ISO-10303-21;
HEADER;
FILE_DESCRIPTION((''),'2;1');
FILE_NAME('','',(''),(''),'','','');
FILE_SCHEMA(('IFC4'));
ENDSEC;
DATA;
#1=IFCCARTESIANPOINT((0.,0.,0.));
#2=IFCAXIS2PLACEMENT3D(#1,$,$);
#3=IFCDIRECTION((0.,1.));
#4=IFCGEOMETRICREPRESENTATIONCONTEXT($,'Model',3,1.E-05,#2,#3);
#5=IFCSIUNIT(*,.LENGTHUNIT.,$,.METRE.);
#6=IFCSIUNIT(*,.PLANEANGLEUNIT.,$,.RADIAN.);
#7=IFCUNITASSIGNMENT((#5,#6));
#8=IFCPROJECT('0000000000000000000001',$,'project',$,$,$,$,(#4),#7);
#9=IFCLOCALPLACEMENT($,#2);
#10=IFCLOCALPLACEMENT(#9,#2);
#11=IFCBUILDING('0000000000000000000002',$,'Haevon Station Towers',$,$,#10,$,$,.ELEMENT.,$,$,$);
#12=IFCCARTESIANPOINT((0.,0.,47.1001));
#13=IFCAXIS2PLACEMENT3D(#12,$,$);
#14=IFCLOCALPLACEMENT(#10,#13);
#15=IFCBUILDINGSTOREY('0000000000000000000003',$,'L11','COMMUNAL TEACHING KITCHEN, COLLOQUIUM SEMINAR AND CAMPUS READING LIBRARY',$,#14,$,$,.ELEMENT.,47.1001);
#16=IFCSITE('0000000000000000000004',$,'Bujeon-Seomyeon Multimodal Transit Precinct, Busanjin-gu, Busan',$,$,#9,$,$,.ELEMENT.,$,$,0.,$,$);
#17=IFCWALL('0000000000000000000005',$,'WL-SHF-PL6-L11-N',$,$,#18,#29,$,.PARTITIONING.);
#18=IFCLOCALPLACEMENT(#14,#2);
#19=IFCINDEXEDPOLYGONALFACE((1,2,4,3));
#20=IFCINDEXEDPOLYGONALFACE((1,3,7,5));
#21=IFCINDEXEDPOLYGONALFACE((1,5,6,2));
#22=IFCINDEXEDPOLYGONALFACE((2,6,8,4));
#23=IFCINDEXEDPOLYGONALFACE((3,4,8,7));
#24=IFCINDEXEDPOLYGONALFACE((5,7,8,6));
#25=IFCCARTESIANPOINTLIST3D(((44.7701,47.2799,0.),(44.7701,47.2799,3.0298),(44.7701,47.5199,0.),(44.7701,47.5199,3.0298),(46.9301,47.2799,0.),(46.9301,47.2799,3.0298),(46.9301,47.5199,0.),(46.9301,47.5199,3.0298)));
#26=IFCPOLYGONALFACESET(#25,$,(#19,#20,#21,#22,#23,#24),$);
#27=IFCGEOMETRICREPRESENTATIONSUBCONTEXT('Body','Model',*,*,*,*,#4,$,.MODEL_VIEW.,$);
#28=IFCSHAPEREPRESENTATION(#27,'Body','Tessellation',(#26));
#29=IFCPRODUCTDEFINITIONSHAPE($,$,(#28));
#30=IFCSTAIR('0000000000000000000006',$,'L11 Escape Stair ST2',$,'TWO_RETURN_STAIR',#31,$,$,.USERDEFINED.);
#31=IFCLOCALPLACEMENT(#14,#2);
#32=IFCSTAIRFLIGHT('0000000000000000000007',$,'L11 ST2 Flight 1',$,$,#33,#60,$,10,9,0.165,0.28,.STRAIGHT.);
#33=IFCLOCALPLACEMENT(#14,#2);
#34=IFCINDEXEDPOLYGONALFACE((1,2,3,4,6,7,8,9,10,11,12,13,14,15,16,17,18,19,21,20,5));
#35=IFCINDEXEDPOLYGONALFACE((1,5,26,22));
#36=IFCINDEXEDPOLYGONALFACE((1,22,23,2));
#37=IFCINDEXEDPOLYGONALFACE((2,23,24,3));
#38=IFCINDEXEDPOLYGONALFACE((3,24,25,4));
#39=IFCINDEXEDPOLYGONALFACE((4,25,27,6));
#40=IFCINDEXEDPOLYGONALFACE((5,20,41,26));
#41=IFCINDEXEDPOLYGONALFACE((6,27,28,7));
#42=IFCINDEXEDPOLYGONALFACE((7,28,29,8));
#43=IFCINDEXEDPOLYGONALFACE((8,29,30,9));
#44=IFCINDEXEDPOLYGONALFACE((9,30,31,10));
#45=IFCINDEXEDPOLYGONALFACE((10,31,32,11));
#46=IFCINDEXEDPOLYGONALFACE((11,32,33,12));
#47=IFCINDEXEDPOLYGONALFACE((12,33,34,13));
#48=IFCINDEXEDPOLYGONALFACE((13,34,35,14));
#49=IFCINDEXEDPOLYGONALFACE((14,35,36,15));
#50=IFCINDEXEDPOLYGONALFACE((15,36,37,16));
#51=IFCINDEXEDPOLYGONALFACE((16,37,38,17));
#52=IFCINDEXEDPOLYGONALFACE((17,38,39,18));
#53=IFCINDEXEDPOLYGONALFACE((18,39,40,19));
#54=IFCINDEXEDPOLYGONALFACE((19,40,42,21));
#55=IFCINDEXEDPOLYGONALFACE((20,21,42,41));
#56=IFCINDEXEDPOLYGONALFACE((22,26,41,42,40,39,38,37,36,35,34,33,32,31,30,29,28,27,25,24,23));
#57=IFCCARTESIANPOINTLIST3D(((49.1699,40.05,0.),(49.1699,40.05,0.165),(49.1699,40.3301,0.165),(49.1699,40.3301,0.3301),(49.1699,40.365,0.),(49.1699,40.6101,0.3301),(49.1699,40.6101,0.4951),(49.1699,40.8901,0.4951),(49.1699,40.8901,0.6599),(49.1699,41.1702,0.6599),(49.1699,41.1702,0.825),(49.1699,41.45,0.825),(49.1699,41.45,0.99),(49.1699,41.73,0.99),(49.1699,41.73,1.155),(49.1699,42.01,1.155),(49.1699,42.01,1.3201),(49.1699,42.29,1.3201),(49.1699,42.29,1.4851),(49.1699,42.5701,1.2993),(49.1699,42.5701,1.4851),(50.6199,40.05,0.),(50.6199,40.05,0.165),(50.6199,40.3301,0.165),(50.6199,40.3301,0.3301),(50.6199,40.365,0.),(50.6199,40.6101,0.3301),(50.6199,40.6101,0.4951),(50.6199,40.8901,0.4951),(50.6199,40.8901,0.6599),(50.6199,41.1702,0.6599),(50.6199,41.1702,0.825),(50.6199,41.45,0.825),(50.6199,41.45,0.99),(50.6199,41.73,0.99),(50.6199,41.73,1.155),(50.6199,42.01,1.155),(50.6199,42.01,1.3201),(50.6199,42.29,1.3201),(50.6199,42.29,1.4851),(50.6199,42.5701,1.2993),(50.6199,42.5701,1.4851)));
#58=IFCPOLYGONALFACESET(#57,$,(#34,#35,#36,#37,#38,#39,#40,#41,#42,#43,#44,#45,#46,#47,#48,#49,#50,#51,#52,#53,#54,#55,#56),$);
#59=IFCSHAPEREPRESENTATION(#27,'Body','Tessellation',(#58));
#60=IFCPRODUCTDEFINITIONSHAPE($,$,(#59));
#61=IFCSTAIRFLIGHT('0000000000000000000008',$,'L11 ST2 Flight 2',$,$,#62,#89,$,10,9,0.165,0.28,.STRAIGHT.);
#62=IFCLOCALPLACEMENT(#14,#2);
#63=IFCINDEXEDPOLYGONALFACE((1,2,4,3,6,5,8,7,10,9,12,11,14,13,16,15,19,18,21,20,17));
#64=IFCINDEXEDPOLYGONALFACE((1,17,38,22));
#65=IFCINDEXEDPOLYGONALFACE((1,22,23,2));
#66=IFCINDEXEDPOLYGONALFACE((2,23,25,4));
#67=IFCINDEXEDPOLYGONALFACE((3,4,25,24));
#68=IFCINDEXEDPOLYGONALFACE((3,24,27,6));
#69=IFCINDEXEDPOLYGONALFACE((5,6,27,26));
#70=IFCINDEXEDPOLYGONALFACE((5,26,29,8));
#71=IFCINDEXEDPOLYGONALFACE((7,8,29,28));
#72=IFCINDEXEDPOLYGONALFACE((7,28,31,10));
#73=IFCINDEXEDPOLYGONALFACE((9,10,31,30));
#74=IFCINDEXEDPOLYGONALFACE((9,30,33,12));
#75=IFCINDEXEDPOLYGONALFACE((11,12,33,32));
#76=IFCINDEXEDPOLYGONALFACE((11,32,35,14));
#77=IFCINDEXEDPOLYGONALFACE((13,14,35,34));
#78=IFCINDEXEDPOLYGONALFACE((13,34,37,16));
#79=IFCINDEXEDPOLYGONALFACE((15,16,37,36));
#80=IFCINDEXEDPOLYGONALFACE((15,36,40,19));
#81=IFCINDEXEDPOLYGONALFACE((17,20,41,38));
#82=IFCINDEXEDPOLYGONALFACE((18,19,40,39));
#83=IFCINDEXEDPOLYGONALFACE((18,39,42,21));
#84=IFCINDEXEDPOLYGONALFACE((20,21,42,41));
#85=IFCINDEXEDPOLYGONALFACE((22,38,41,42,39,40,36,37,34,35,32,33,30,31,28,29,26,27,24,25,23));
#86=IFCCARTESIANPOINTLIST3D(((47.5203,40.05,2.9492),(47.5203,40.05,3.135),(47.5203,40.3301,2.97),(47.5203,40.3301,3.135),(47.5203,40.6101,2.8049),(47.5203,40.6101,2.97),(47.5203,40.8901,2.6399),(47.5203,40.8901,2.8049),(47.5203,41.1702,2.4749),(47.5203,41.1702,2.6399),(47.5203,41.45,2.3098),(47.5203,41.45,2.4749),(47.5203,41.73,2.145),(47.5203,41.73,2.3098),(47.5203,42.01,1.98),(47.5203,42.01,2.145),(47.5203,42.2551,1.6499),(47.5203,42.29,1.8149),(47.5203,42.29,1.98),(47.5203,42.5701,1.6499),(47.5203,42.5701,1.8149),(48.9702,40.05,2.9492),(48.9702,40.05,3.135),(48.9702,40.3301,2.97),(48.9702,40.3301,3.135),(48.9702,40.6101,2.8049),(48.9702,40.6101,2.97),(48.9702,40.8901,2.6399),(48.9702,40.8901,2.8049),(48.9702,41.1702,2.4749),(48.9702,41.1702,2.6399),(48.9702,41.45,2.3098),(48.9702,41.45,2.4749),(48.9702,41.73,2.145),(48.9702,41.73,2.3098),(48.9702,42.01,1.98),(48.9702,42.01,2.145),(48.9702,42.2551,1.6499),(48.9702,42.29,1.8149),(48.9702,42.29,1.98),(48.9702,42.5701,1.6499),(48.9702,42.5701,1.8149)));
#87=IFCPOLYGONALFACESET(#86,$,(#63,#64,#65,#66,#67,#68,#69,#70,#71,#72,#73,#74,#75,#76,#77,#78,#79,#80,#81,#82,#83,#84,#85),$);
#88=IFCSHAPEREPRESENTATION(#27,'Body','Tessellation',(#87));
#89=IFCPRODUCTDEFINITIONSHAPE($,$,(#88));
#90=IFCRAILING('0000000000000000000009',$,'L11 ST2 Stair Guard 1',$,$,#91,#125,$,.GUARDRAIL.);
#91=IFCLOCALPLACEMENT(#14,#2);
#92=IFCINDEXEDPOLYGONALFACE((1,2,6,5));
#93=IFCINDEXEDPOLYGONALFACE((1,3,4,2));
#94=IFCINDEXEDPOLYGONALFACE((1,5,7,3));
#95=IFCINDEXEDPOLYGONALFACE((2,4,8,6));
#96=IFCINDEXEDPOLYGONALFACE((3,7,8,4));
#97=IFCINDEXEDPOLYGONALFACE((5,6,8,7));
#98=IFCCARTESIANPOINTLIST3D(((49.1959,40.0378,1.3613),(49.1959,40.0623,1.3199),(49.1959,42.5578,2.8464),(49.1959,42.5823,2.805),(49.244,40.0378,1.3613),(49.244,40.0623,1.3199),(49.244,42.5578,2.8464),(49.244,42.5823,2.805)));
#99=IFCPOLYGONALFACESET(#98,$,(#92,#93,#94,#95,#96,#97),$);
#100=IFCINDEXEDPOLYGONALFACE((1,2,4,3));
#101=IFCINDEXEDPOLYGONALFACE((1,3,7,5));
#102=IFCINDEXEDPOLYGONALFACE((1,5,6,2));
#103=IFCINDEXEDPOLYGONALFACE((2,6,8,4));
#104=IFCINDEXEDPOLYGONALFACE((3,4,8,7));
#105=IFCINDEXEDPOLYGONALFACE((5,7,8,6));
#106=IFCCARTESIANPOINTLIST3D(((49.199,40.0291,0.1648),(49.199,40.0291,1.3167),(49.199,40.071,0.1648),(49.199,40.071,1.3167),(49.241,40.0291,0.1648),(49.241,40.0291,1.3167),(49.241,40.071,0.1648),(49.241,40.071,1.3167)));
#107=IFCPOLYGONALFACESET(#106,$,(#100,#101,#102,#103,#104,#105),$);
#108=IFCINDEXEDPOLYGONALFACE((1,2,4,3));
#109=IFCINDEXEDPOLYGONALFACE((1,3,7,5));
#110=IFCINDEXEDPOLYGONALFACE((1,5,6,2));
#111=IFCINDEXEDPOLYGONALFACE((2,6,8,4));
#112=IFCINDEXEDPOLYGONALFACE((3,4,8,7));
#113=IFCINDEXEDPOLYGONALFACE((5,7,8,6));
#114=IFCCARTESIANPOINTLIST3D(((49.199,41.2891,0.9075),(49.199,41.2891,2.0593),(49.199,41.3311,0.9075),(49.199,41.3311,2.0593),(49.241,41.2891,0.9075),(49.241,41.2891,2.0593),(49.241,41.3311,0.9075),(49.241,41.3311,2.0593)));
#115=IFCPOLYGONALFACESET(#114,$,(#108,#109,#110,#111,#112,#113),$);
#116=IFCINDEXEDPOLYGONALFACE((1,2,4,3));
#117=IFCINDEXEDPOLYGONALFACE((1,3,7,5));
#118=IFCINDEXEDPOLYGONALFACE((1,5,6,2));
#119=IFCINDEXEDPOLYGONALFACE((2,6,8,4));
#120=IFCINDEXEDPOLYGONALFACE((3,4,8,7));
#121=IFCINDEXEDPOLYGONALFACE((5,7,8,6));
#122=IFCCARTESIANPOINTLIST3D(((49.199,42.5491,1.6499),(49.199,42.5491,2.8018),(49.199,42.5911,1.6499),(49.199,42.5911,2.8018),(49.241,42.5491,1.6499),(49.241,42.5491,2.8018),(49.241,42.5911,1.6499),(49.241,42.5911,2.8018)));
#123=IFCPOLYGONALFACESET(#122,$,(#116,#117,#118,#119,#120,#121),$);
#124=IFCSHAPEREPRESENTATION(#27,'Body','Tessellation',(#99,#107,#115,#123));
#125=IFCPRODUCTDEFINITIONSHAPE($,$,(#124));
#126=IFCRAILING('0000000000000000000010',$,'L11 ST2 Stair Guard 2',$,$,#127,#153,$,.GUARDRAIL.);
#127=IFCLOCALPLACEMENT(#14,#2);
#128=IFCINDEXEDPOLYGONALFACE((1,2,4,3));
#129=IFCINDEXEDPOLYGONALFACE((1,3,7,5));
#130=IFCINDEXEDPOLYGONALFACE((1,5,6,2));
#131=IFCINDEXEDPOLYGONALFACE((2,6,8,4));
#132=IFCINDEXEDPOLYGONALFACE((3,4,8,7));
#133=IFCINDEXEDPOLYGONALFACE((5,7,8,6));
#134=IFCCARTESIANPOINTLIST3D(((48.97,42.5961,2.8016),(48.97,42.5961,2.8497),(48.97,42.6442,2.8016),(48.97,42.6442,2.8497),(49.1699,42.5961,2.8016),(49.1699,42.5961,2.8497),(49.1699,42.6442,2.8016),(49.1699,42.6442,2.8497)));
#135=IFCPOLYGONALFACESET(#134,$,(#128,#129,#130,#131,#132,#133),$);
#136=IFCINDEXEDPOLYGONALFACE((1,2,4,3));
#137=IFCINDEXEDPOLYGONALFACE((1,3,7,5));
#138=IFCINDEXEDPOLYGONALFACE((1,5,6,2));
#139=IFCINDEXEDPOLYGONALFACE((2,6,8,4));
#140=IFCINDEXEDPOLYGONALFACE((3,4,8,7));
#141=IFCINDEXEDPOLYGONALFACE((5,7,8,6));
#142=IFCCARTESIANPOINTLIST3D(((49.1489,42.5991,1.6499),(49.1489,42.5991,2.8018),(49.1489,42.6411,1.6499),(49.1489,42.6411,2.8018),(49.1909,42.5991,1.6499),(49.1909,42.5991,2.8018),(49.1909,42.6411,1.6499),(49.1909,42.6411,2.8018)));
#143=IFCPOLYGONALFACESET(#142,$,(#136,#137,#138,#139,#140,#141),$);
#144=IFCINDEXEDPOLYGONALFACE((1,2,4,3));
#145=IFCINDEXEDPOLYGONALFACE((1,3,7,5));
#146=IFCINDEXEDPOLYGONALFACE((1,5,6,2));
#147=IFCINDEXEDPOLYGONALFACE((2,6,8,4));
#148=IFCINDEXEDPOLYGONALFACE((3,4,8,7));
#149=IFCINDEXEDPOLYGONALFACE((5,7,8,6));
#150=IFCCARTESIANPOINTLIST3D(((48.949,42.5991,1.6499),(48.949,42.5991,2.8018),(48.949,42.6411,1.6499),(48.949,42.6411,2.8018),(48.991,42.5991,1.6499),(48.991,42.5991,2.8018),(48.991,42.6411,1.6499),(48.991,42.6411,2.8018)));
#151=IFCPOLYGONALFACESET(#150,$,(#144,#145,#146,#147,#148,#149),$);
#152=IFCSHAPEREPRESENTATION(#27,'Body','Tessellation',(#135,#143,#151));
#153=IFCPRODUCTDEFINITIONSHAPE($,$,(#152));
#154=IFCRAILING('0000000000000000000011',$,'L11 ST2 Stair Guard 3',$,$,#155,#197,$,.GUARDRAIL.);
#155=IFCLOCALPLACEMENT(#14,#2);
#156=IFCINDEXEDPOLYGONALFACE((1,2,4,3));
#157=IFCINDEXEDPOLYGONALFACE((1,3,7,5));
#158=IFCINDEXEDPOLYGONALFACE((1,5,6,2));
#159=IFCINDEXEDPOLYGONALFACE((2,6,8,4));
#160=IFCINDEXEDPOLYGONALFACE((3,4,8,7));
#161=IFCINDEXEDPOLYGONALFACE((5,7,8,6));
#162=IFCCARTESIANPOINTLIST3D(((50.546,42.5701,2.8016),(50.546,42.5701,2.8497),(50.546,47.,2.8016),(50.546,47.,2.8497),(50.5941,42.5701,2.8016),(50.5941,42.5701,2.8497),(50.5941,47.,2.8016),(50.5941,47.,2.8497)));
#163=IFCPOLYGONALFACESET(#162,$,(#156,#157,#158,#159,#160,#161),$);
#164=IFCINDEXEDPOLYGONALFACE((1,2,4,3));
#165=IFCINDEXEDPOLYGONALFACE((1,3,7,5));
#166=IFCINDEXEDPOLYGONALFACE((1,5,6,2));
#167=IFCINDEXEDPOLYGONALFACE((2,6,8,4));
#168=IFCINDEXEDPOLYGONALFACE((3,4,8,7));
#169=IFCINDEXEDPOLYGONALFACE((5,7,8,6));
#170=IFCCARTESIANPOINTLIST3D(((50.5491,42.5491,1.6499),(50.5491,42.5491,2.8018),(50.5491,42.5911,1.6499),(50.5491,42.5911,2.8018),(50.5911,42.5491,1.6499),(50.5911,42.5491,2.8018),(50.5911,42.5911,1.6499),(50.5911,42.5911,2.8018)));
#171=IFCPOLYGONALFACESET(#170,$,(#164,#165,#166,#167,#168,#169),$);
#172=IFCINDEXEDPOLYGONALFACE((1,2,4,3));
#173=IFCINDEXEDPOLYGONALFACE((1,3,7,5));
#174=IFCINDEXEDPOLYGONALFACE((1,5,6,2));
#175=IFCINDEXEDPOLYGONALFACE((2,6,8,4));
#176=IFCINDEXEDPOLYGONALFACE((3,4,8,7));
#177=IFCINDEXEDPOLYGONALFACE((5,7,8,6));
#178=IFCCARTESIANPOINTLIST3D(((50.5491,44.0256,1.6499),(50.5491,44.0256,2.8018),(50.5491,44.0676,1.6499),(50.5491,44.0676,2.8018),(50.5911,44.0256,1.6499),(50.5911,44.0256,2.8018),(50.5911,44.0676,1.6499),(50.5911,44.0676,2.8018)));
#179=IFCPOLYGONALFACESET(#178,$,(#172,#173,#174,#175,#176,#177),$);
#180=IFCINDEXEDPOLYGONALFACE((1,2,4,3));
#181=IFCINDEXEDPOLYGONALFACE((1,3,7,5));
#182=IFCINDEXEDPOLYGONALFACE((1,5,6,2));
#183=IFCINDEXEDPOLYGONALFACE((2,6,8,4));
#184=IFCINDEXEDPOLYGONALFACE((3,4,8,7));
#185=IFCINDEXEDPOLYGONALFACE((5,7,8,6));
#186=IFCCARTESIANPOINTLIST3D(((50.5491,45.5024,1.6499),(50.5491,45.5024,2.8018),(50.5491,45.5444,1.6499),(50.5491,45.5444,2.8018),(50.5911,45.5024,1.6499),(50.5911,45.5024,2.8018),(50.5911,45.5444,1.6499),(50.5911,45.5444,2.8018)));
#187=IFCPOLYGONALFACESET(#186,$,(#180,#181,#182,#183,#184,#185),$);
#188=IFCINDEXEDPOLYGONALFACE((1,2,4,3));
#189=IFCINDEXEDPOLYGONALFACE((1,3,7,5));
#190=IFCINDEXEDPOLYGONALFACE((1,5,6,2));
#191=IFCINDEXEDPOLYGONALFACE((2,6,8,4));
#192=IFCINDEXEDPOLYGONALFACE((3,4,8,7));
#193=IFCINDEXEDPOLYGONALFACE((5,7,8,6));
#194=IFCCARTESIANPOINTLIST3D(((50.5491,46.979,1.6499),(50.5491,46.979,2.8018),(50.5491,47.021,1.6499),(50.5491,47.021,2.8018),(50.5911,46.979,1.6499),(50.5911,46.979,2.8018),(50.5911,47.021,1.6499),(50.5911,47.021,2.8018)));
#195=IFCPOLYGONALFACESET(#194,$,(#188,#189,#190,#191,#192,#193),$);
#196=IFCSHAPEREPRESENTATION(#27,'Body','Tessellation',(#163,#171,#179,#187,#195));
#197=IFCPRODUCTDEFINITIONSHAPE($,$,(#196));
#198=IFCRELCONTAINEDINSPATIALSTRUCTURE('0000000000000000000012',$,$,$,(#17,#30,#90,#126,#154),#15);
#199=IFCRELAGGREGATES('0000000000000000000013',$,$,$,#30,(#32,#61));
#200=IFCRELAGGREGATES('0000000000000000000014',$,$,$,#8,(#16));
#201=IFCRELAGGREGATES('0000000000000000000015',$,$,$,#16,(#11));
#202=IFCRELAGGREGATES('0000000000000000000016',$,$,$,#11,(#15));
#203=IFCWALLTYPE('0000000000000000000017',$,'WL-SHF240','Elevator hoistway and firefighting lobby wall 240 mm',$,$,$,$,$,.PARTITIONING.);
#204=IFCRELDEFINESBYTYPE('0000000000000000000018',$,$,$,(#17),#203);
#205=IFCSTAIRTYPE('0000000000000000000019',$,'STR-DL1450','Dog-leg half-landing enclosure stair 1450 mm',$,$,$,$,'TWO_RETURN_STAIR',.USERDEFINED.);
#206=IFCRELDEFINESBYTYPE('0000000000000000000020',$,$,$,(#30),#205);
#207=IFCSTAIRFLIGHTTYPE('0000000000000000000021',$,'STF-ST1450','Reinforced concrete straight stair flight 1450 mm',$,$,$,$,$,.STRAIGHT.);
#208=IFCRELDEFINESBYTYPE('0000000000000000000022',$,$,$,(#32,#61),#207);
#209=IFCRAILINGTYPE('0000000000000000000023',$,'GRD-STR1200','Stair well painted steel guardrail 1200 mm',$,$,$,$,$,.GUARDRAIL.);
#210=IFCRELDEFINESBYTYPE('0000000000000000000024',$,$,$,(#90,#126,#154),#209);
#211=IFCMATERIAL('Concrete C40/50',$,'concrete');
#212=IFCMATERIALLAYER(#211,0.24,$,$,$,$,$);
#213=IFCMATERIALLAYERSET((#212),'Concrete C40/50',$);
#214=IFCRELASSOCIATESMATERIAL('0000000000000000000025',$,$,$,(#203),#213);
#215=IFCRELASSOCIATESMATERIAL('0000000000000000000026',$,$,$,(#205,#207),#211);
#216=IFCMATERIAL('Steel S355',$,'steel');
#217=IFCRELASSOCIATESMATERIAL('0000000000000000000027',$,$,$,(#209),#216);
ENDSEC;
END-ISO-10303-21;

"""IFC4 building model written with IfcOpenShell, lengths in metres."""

from ifc_helpers import new_model, si_unit, direction, frame, frame_2d, origin, origin_2d, place, context, subcontext, project, spatial, polyline, rectangle, outline, extrude, material, layer, layer_set, type_object, element, aggregate, save


model = new_model("IFC4")

# Units and contexts
model_context = context("Model", 3, precision=1e-05, world=origin(), true_north=direction((0.0, 1.0)))
body_context = subcontext(model_context, "Body", "Model", "MODEL_VIEW")
ifc_project = project(units=[si_unit("LENGTHUNIT", "METRE"), si_unit("PLANEANGLEUNIT", "RADIAN")], contexts=[model_context])

# Site, building, storey
site_placement = place(None, origin())
site = spatial("IfcSite", under=ifc_project, at=site_placement, Name="Bujeon-Seomyeon Multimodal Transit Precinct, Busanjin-gu, Busan", CompositionType="ELEMENT", RefElevation=0.0)
building_placement = place(site_placement, origin())
building = spatial("IfcBuilding", under=site, at=building_placement, Name="Haevon Station Towers", CompositionType="ELEMENT")
storey_placement = place(building_placement, frame((0.0, 0.0, 47.1001)))
storey = spatial("IfcBuildingStorey", under=building, at=storey_placement, Name="L11", Description="COMMUNAL TEACHING KITCHEN, COLLOQUIUM SEMINAR AND CAMPUS READING LIBRARY", CompositionType="ELEMENT", Elevation=47.1001)

# Shared definitions
ifc_material_1 = material(Name="Steel S355", Category="steel")

# Wall
ifc_material_2 = material(Name="Concrete C40/50", Category="concrete")
ifc_layer_1 = layer(ifc_material_2, 0.24)
ifc_layer_set_1 = layer_set([ifc_layer_1], Name="Concrete C40/50")
wall_type_1 = type_object("IfcWallType", Name="WL-SHF240", Description="Elevator hoistway and firefighting lobby wall 240 mm", PredefinedType="PARTITIONING", material=ifc_layer_set_1)
for number, where, z_axis, x_axis, name in (
    (1, (44.77, 47.3999, 0.0), (0.0, 0.0, 1.0), (1.0, 0.0, 0.0), "WL-SHF-PL6-L11-N"),
):
    element("IfcWall", number, at=place(storey_placement, frame(where, z_axis=z_axis, x_axis=x_axis)), inside=storey, type_object=wall_type_1, Name=name, PredefinedType="PARTITIONING", context=body_context, shape_type="SweptSolid", body=[
        extrude(rectangle(XDim=2.1599, YDim=0.24, at=frame_2d((1.0801, 0.0))), origin(), (0.0, 0.0, 1.0), 3.0298),
    ])

# Stair, stair flights
stair_type = type_object("IfcStairType", Name="STR-DL1450", Description="Dog-leg half-landing enclosure stair 1450 mm", ElementType="TWO_RETURN_STAIR", PredefinedType="USERDEFINED", material=ifc_material_2)
stair_placement = place(storey_placement, origin())
stair = element("IfcStair", 2, at=stair_placement, inside=storey, type_object=stair_type, Name="L11 Escape Stair ST2", ObjectType="TWO_RETURN_STAIR", PredefinedType="USERDEFINED")
stair_flight_type = type_object("IfcStairFlightType", Name="STF-ST1450", Description="Reinforced concrete straight stair flight 1450 mm", PredefinedType="STRAIGHT", material=ifc_material_2)
stair_flight_1_placement = place(storey_placement, frame((49.895, 40.05, 0.0), z_axis=(0.0, 0.0, 1.0), x_axis=(0.0, 1.0, 0.0)))
stair_flight_1 = element("IfcStairFlight", 3, at=stair_flight_1_placement, type_object=stair_flight_type, Name="L11 ST2 Flight 1", NumberOfRisers=10, NumberOfTreads=9, PredefinedType="STRAIGHT", RiserHeight=0.165, TreadLength=0.28, context=body_context, shape_type="SweptSolid", body=[
    extrude(outline(polyline([(0.0, 0.0), (0.0, 0.165), (0.28, 0.165), (0.28, 0.3301), (0.5601, 0.3301), (0.5601, 0.4951), (0.8401, 0.4951), (0.8401, 0.6599), (1.1201, 0.6599), (1.1201, 0.825), (1.3999, 0.825), (1.3999, 0.99), (1.6799, 0.99), (1.6799, 1.155), (1.96, 1.155), (1.96, 1.3201), (2.24, 1.3201), (2.24, 1.4851), (2.52, 1.4851), (2.52, 1.6499), (2.52, 1.2993), (0.3149, 0.0), (0.0, 0.0)])), frame((0.0, 0.7251, 0.0), z_axis=(0.0, -1.0, 0.0), x_axis=(1.0, 0.0, 0.0)), (0.0, 0.0, 1.0), 1.45),
])
stair_flight_2_placement = place(storey_placement, frame((48.2451, 42.5701, 1.6499), z_axis=(0.0, 0.0, 1.0), x_axis=(0.0, -1.0, 0.0)))
stair_flight_2 = element("IfcStairFlight", 4, at=stair_flight_2_placement, type_object=stair_flight_type, Name="L11 ST2 Flight 2", NumberOfRisers=10, NumberOfTreads=9, PredefinedType="STRAIGHT", RiserHeight=0.165, TreadLength=0.28, context=body_context, shape_type="SweptSolid", body=[
    extrude(outline(polyline([(0.0, 0.0), (0.0, 0.165), (0.28, 0.165), (0.28, 0.3301), (0.5601, 0.3301), (0.5601, 0.4951), (0.8401, 0.4951), (0.8401, 0.6599), (1.1201, 0.6599), (1.1201, 0.825), (1.3999, 0.825), (1.3999, 0.99), (1.6799, 0.99), (1.6799, 1.155), (1.96, 1.155), (1.96, 1.3201), (2.24, 1.3201), (2.24, 1.4851), (2.52, 1.4851), (2.52, 1.6499), (2.52, 1.2993), (0.3149, 0.0), (0.0, 0.0)])), frame((0.0, 0.7251, 0.0), z_axis=(0.0, -1.0, 0.0), x_axis=(1.0, 0.0, 0.0)), (0.0, 0.0, 1.0), 1.45),
])
aggregate(stair, [stair_flight_1, stair_flight_2])

# Railings
railing_type_1 = type_object("IfcRailingType", Name="GRD-STR1200", Description="Stair well painted steel guardrail 1200 mm", PredefinedType="GUARDRAIL", material=ifc_material_1)
railing_1_placement = place(storey_placement, frame((49.22, 40.05, 0.1648)))
element("IfcRailing", 5, at=railing_1_placement, inside=storey, type_object=railing_type_1, Name="L11 ST2 Stair Guard 1", PredefinedType="GUARDRAIL", context=body_context, shape_type="SweptSolid", body=[
    extrude(rectangle(XDim=0.0481, YDim=0.0481, at=origin_2d()), frame((0.0, 0.0, 1.1758), z_axis=(0.0, 0.861524, 0.507717), x_axis=(-1.0, 0.0, 0.0)), (0.0, 0.0, 1.0), 2.925),
    extrude(rectangle(XDim=0.042, YDim=0.042, at=origin_2d()), origin(), (0.0, 0.0, 1.0), 1.1519),
    extrude(rectangle(XDim=0.042, YDim=0.042, at=origin_2d()), frame((0.0, 1.26, 0.7427)), (0.0, 0.0, 1.0), 1.1519),
    extrude(rectangle(XDim=0.042, YDim=0.042, at=origin_2d()), frame((0.0, 2.52, 1.4851)), (0.0, 0.0, 1.0), 1.1519),
])
railing_2_placement = place(storey_placement, frame((49.1699, 42.6201, 1.6499)))
element("IfcRailing", 6, at=railing_2_placement, inside=storey, type_object=railing_type_1, Name="L11 ST2 Stair Guard 2", PredefinedType="GUARDRAIL", context=body_context, shape_type="SweptSolid", body=[
    extrude(rectangle(XDim=0.0481, YDim=0.0481, at=origin_2d()), frame((0.0, 0.0, 1.1758), z_axis=(-1.0, 0.0, 0.0), x_axis=(0.0, -1.0, 0.0)), (0.0, 0.0, 1.0), 0.2),
    extrude(rectangle(XDim=0.042, YDim=0.042, at=origin_2d()), origin(), (0.0, 0.0, 1.0), 1.1519),
    extrude(rectangle(XDim=0.042, YDim=0.042, at=origin_2d()), frame((-0.2, 0.0, 0.0)), (0.0, 0.0, 1.0), 1.1519),
])
for number, where, name in (
    (7, (50.5701, 42.5701, 1.6499), "L11 ST2 Stair Guard 3"),
):
    element("IfcRailing", number, at=place(storey_placement, frame(where)), inside=storey, type_object=railing_type_1, Name=name, PredefinedType="GUARDRAIL", context=body_context, shape_type="SweptSolid", body=[
        extrude(rectangle(XDim=0.0481, YDim=0.0481, at=origin_2d()), frame((0.0, 0.0, 1.1758), z_axis=(0.0, 1.0, 0.0), x_axis=(-1.0, 0.0, 0.0)), (0.0, 0.0, 1.0), 4.4299),
        extrude(rectangle(XDim=0.042, YDim=0.042, at=origin_2d()), origin(), (0.0, 0.0, 1.0), 1.1519),
        extrude(rectangle(XDim=0.042, YDim=0.042, at=origin_2d()), frame((0.0, 1.4766, 0.0)), (0.0, 0.0, 1.0), 1.1519),
        extrude(rectangle(XDim=0.042, YDim=0.042, at=origin_2d()), frame((0.0, 2.9534, 0.0)), (0.0, 0.0, 1.0), 1.1519),
        extrude(rectangle(XDim=0.042, YDim=0.042, at=origin_2d()), frame((0.0, 4.4299, 0.0)), (0.0, 0.0, 1.0), 1.1519),
    ])

save(model, "model.ifc")
